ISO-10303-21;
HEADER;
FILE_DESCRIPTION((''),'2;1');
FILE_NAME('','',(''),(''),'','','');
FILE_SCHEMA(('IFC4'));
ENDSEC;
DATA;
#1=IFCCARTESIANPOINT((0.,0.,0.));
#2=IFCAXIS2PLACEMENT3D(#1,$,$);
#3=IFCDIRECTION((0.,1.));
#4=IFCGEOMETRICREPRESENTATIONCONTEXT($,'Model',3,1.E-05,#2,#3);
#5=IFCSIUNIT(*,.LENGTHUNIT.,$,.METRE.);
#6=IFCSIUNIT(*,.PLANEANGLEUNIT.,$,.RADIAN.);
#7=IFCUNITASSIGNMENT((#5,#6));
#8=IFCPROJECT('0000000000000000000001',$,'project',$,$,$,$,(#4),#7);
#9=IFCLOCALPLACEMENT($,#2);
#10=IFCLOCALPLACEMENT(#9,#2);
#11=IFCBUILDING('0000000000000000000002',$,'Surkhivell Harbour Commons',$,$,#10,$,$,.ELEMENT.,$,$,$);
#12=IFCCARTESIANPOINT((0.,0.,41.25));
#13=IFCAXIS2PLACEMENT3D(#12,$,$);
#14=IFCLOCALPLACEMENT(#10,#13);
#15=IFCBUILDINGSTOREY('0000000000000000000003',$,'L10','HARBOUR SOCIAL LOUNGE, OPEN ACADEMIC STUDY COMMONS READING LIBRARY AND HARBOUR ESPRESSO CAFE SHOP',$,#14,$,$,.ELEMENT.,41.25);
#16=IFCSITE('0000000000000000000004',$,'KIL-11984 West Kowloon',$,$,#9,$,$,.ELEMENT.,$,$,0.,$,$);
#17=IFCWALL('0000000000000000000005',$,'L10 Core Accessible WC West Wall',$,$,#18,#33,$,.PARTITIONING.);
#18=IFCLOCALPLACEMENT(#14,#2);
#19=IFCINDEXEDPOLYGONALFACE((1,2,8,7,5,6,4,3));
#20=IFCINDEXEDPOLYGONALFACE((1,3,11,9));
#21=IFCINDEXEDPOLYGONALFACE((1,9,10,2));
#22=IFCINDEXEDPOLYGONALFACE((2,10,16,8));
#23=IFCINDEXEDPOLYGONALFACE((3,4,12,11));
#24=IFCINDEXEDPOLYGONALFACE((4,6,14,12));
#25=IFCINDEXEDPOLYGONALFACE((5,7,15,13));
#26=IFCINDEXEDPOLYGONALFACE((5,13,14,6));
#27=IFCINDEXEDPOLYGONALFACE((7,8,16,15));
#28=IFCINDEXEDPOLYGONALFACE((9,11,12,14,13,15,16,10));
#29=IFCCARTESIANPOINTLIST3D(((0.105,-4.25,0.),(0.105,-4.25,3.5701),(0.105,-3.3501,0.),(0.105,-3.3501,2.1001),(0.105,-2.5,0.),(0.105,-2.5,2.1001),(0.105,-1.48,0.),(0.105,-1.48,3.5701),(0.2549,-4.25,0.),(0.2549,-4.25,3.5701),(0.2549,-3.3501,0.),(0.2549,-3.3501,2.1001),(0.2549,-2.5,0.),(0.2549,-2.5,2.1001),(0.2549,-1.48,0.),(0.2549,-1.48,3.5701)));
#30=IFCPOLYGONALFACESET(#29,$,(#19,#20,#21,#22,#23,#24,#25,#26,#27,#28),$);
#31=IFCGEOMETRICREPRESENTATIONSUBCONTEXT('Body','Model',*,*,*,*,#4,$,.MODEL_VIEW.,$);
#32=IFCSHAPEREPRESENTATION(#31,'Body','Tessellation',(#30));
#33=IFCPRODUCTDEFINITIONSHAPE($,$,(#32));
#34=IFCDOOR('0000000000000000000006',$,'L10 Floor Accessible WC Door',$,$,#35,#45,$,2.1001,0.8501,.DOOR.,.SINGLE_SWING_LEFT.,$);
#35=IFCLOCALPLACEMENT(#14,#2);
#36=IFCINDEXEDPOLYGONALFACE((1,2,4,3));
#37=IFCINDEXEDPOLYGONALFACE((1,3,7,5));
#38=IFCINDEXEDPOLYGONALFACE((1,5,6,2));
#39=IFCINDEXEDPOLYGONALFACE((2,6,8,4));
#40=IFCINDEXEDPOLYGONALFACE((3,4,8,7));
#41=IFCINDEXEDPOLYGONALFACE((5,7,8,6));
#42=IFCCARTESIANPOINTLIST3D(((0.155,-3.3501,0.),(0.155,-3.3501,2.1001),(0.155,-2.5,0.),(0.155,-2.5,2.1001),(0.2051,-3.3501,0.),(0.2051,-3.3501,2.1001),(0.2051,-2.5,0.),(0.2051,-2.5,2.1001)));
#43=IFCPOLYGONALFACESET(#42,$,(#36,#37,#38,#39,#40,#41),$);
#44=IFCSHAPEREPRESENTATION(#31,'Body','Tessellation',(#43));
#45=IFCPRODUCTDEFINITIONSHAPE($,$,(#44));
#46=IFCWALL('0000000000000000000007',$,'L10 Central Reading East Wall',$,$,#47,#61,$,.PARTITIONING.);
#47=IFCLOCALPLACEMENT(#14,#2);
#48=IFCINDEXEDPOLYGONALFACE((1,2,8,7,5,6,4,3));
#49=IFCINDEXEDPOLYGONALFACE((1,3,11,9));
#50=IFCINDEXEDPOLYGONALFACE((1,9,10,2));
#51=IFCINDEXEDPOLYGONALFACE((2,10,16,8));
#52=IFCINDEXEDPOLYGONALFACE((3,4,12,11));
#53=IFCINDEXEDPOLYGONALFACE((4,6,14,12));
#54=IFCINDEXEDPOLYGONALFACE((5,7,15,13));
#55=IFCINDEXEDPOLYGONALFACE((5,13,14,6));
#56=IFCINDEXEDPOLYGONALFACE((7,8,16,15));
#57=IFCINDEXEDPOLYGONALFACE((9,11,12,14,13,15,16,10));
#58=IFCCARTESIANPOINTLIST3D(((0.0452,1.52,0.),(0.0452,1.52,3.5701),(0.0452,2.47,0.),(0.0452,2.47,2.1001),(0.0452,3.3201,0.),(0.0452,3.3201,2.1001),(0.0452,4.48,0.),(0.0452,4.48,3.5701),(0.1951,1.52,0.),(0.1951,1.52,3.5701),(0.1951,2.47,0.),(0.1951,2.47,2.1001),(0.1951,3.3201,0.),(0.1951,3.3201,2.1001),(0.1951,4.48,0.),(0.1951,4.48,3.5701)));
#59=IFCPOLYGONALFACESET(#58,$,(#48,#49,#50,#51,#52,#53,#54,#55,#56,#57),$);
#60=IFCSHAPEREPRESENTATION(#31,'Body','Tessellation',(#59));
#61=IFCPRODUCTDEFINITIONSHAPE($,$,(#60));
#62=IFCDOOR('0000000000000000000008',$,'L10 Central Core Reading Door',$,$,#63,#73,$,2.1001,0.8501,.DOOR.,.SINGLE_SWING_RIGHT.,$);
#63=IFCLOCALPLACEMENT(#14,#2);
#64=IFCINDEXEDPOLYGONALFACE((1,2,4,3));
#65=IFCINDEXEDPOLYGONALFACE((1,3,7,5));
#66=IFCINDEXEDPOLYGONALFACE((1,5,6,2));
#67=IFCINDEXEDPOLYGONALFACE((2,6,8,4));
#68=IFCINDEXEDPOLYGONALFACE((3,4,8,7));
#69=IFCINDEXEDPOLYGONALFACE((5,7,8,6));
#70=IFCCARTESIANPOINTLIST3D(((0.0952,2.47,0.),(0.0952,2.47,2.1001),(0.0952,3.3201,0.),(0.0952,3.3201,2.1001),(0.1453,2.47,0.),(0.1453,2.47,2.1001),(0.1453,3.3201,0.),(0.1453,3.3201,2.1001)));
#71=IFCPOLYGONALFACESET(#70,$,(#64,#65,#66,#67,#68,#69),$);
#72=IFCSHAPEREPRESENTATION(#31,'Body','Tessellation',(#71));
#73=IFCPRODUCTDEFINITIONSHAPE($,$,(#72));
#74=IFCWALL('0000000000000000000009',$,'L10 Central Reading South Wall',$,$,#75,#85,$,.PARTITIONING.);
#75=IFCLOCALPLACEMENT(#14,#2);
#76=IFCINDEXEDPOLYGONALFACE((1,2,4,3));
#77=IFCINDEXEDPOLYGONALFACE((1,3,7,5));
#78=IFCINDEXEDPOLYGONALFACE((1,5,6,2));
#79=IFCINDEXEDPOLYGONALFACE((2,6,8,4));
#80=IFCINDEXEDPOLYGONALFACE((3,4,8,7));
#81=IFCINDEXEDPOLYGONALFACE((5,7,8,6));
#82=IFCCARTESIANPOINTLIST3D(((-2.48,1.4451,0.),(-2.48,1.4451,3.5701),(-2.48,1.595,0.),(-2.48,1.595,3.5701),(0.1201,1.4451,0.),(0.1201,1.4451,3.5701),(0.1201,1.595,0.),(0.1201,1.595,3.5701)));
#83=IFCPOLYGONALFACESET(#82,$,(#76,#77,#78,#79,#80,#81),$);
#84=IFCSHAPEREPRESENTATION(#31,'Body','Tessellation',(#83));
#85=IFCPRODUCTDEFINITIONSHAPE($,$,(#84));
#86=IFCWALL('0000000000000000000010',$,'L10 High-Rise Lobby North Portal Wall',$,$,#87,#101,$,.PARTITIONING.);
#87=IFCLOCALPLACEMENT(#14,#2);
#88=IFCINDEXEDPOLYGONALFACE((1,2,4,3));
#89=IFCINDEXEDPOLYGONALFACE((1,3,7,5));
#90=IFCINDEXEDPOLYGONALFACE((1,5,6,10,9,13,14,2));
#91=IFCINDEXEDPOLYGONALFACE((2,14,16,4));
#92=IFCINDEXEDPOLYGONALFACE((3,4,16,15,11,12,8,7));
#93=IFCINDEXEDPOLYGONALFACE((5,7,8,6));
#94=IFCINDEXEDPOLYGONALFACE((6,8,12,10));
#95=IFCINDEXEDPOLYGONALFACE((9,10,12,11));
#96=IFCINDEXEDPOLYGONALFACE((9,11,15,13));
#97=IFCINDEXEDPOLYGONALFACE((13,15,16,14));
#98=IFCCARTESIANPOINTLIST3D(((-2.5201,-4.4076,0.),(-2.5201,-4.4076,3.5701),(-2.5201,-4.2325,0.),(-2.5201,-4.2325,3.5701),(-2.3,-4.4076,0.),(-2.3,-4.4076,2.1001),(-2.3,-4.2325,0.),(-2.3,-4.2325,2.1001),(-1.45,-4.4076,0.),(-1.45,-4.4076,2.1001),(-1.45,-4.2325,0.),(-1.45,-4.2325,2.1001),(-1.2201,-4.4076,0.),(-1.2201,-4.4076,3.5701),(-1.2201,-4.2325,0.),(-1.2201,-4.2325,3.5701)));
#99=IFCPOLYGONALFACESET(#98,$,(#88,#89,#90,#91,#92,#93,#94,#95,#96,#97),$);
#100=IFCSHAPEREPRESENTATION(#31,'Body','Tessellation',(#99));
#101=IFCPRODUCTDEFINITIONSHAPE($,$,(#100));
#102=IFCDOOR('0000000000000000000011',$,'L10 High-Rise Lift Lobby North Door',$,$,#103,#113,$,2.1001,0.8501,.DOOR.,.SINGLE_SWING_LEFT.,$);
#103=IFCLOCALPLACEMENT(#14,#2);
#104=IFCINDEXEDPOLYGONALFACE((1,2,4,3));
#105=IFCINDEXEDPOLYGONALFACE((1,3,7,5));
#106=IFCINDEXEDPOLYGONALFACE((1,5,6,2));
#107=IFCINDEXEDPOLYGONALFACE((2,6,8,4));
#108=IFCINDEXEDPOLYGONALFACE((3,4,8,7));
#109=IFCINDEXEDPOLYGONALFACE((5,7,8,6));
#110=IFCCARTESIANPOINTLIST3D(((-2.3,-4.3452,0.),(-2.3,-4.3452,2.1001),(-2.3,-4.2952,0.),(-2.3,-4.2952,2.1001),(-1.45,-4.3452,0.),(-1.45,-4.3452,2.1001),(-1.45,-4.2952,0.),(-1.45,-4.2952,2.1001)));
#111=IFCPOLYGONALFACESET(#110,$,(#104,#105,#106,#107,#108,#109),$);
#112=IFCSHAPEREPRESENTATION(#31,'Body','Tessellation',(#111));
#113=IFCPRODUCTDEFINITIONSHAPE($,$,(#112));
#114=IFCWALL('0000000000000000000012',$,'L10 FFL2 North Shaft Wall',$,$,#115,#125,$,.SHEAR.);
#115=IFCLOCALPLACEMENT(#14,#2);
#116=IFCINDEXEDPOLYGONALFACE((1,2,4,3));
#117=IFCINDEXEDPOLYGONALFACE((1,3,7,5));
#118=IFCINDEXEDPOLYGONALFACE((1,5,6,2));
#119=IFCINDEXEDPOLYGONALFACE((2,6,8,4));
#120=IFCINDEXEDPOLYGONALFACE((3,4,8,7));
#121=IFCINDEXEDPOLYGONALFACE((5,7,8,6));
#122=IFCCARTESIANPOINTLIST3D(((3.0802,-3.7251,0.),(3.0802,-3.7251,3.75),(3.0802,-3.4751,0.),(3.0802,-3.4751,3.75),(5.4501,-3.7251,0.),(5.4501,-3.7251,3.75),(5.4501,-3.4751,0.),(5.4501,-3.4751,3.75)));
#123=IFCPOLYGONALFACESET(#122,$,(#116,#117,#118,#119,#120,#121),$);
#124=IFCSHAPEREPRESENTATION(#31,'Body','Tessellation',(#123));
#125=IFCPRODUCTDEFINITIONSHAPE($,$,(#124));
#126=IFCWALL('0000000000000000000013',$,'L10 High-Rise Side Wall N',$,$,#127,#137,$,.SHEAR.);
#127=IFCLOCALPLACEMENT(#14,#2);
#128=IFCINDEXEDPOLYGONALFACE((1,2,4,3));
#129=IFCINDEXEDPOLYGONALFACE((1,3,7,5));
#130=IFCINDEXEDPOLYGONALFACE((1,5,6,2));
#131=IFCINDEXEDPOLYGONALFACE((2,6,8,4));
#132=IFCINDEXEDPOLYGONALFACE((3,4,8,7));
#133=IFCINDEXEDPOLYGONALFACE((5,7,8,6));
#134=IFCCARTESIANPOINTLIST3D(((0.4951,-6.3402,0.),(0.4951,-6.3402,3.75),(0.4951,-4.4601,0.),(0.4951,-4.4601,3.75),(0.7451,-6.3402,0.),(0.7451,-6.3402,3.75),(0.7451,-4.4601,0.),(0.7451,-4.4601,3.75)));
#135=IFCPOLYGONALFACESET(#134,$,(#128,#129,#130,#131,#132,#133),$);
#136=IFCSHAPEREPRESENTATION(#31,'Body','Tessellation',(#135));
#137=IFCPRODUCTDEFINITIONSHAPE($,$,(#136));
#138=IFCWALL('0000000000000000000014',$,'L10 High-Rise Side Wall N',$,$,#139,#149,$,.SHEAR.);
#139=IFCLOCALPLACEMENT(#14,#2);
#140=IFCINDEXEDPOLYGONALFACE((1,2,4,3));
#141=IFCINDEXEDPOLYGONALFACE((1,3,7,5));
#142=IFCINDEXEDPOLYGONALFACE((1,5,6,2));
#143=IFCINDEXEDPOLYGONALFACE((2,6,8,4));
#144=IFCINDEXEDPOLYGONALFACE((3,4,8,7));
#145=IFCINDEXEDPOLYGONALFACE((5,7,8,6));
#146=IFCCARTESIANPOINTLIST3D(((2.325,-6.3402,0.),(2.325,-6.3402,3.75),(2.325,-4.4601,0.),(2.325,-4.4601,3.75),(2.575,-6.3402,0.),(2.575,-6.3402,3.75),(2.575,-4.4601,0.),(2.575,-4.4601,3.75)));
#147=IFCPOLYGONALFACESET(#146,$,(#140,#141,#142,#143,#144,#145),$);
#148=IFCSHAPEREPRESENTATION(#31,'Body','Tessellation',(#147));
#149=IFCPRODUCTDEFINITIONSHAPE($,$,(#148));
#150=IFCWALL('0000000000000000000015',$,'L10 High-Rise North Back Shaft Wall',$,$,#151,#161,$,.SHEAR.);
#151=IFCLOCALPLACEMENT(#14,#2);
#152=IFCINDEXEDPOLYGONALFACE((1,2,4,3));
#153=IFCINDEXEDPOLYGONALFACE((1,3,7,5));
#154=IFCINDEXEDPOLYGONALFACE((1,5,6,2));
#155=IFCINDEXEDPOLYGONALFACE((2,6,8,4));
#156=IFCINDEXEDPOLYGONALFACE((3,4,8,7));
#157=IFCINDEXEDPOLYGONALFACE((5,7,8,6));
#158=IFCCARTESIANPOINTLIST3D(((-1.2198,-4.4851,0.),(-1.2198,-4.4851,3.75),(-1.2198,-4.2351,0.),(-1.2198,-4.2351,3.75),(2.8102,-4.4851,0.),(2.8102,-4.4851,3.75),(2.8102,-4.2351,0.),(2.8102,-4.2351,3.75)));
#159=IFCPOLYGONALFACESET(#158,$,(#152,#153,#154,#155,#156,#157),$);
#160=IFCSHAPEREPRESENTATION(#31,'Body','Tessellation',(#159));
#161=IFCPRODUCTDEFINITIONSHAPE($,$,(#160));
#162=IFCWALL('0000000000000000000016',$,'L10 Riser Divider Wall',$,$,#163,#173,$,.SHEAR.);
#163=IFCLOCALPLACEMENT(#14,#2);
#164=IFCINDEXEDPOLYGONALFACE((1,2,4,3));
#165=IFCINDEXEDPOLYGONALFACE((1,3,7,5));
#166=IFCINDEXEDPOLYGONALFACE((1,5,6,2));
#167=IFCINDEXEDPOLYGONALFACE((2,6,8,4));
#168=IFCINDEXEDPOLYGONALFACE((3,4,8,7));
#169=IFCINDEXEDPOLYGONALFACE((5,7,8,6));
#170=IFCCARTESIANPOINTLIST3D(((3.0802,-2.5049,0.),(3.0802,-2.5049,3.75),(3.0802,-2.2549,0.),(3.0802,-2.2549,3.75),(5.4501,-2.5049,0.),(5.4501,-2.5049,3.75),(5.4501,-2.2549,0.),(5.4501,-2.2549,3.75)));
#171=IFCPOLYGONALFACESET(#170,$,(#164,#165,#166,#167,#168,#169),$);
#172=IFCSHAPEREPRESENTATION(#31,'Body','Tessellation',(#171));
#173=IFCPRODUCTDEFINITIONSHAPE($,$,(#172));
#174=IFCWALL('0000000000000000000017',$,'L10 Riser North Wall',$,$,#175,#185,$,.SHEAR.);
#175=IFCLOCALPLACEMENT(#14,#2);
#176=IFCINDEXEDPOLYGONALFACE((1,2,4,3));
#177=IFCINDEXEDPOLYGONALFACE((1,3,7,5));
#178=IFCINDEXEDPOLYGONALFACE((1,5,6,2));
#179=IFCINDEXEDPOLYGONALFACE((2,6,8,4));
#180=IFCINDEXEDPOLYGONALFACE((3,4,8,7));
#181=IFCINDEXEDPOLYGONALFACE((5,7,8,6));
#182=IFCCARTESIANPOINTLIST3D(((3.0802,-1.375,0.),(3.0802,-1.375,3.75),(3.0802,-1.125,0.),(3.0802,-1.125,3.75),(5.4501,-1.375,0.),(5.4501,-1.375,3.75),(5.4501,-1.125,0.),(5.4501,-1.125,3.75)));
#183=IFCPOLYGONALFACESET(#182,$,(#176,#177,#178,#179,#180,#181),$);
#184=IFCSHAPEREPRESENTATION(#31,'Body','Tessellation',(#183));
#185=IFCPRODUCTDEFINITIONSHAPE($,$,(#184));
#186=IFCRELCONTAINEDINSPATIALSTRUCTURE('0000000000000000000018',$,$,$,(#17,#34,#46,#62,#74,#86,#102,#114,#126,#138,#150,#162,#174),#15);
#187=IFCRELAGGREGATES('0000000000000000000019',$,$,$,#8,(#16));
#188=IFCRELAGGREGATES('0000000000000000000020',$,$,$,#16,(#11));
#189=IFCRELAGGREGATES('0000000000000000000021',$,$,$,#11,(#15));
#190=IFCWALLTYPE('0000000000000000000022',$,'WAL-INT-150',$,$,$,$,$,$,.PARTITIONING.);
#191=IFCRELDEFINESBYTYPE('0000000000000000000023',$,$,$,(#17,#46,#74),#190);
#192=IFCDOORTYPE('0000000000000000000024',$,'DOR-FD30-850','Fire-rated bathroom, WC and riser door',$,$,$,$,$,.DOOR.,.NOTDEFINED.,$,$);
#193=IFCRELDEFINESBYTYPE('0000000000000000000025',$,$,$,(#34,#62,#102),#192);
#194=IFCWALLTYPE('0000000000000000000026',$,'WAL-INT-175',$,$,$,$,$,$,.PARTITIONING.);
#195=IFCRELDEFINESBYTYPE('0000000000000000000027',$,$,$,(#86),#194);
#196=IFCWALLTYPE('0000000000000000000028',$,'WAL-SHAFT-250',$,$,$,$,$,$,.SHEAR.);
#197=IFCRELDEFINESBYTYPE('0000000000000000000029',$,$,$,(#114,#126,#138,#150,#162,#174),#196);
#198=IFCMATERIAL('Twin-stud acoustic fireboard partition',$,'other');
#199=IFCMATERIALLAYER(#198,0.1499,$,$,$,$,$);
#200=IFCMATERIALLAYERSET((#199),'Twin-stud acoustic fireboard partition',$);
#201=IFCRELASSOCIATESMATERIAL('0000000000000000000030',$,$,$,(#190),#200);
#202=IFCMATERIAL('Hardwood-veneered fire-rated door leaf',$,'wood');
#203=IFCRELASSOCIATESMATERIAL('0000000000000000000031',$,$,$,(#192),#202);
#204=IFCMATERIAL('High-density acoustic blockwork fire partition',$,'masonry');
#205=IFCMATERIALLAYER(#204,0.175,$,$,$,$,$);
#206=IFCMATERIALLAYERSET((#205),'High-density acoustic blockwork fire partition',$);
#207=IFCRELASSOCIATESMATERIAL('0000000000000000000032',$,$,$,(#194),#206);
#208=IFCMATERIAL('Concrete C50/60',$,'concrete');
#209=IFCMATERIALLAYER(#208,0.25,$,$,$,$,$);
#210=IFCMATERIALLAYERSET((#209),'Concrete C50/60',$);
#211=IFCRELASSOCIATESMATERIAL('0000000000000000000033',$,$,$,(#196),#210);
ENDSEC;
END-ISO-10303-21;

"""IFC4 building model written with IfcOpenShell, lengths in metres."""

from ifc_helpers import new_model, si_unit, direction, frame, frame_2d, origin, place, context, subcontext, project, spatial, rectangle, extrude, material, layer, layer_set, type_object, element, fill, save


model = new_model("IFC4")

# Units and contexts
model_context = context("Model", 3, precision=1e-05, world=origin(), true_north=direction((0.0, 1.0)))
body_context = subcontext(model_context, "Body", "Model", "MODEL_VIEW")
ifc_project = project(units=[si_unit("LENGTHUNIT", "METRE"), si_unit("PLANEANGLEUNIT", "RADIAN")], contexts=[model_context])

# Site, building, storey
site_placement = place(None, origin())
site = spatial("IfcSite", under=ifc_project, at=site_placement, Name="KIL-11984 West Kowloon", CompositionType="ELEMENT", RefElevation=0.0)
building_placement = place(site_placement, origin())
building = spatial("IfcBuilding", under=site, at=building_placement, Name="Surkhivell Harbour Commons", CompositionType="ELEMENT")
storey_placement = place(building_placement, frame((0.0, 0.0, 41.25)))
storey = spatial("IfcBuildingStorey", under=building, at=storey_placement, Name="L10", Description="HARBOUR SOCIAL LOUNGE, OPEN ACADEMIC STUDY COMMONS READING LIBRARY AND HARBOUR ESPRESSO CAFE SHOP", CompositionType="ELEMENT", Elevation=41.25)

# Shared definitions
ifc_material_1 = material(Name="Twin-stud acoustic fireboard partition", Category="other")
ifc_layer_1 = layer(ifc_material_1, 0.1499)
ifc_layer_set_1 = layer_set([ifc_layer_1], Name="Twin-stud acoustic fireboard partition")
wall_type_1 = type_object("IfcWallType", Name="WAL-INT-150", PredefinedType="PARTITIONING", material=ifc_layer_set_1)

# Walls, openings, doors
wall_1_placement = place(storey_placement, frame((0.1799, -4.25, 0.0), z_axis=(0.0, 0.0, 1.0), x_axis=(0.0, 1.0, 0.0)))
wall_1 = element("IfcWall", 1, at=wall_1_placement, inside=storey, type_object=wall_type_1, Name="L10 Core Accessible WC West Wall", PredefinedType="PARTITIONING", context=body_context, shape_type="SweptSolid", body=[
    extrude(rectangle(XDim=2.77, YDim=0.1499, at=frame_2d((1.385, 0.0))), origin(), (0.0, 0.0, 1.0), 3.5701),
])
opening_1_placement = place(wall_1_placement, frame((0.8999, 0.0, 0.0)))
opening_1 = element("IfcOpeningElement", 2, at=opening_1_placement, cuts=wall_1, PredefinedType="OPENING", context=body_context, shape_type="SweptSolid", body=[
    extrude(rectangle(XDim=0.8501, YDim=2.1001, at=frame_2d((0.425, 1.05))), frame((0.0, 0.085, 0.0), z_axis=(0.0, -1.0, 0.0), x_axis=(1.0, 0.0, 0.0)), (0.0, 0.0, 1.0), 0.1699),
])
ifc_material_2 = material(Name="Hardwood-veneered fire-rated door leaf", Category="wood")
door_type_1 = type_object("IfcDoorType", Name="DOR-FD30-850", Description="Fire-rated bathroom, WC and riser door", OperationType="NOTDEFINED", PredefinedType="DOOR", material=ifc_material_2)
door_1_placement = place(opening_1_placement, origin())
door_1 = element("IfcDoor", 3, at=door_1_placement, inside=storey, type_object=door_type_1, Name="L10 Floor Accessible WC Door", OperationType="SINGLE_SWING_LEFT", OverallHeight=2.1001, OverallWidth=0.8501, PredefinedType="DOOR", context=body_context, shape_type="SweptSolid", body=[
    extrude(rectangle(XDim=0.8501, YDim=2.1001, at=frame_2d((0.425, 1.05))), frame((0.0, 0.0249, 0.0), z_axis=(0.0, -1.0, 0.0), x_axis=(1.0, 0.0, 0.0)), (0.0, 0.0, 1.0), 0.05),
])
fill(opening_1, door_1)
wall_2_placement = place(storey_placement, frame((0.1201, 1.52, 0.0), z_axis=(0.0, 0.0, 1.0), x_axis=(0.0, 1.0, 0.0)))
wall_2 = element("IfcWall", 4, at=wall_2_placement, inside=storey, type_object=wall_type_1, Name="L10 Central Reading East Wall", PredefinedType="PARTITIONING", context=body_context, shape_type="SweptSolid", body=[
    extrude(rectangle(XDim=2.96, YDim=0.1499, at=frame_2d((1.48, 0.0))), origin(), (0.0, 0.0, 1.0), 3.5701),
])
opening_2_placement = place(wall_2_placement, frame((0.95, 0.0, 0.0)))
opening_2 = element("IfcOpeningElement", 5, at=opening_2_placement, cuts=wall_2, PredefinedType="OPENING", context=body_context, shape_type="SweptSolid", body=[
    extrude(rectangle(XDim=0.8501, YDim=2.1001, at=frame_2d((0.425, 1.05))), frame((0.0, 0.085, 0.0), z_axis=(0.0, -1.0, 0.0), x_axis=(1.0, 0.0, 0.0)), (0.0, 0.0, 1.0), 0.1699),
])
door_2_placement = place(opening_2_placement, origin())
door_2 = element("IfcDoor", 6, at=door_2_placement, inside=storey, type_object=door_type_1, Name="L10 Central Core Reading Door", OperationType="SINGLE_SWING_RIGHT", OverallHeight=2.1001, OverallWidth=0.8501, PredefinedType="DOOR", context=body_context, shape_type="SweptSolid", body=[
    extrude(rectangle(XDim=0.8501, YDim=2.1001, at=frame_2d((0.425, 1.05))), frame((0.0, 0.0249, 0.0), z_axis=(0.0, -1.0, 0.0), x_axis=(1.0, 0.0, 0.0)), (0.0, 0.0, 1.0), 0.05),
])
fill(opening_2, door_2)

# Wall
wall_3_placement = place(storey_placement, frame((-2.48, 1.52, 0.0), z_axis=(0.0, 0.0, 1.0), x_axis=(1.0, 0.0, 0.0)))
element("IfcWall", 7, at=wall_3_placement, inside=storey, type_object=wall_type_1, Name="L10 Central Reading South Wall", PredefinedType="PARTITIONING", context=body_context, shape_type="SweptSolid", body=[
    extrude(rectangle(XDim=2.6001, YDim=0.1499, at=frame_2d((1.3, 0.0))), origin(), (0.0, 0.0, 1.0), 3.5701),
])

# Wall, opening, door
ifc_material_3 = material(Name="High-density acoustic blockwork fire partition", Category="masonry")
ifc_layer_2 = layer(ifc_material_3, 0.175)
ifc_layer_set_2 = layer_set([ifc_layer_2], Name="High-density acoustic blockwork fire partition")
wall_type_2 = type_object("IfcWallType", Name="WAL-INT-175", PredefinedType="PARTITIONING", material=ifc_layer_set_2)
wall_4_placement = place(storey_placement, frame((-2.52, -4.3201, 0.0), z_axis=(0.0, 0.0, 1.0), x_axis=(1.0, 0.0, 0.0)))
wall_4 = element("IfcWall", 8, at=wall_4_placement, inside=storey, type_object=wall_type_2, Name="L10 High-Rise Lobby North Portal Wall", PredefinedType="PARTITIONING", context=body_context, shape_type="SweptSolid", body=[
    extrude(rectangle(XDim=1.3, YDim=0.175, at=frame_2d((0.6499, 0.0))), origin(), (0.0, 0.0, 1.0), 3.5701),
])
opening_3_placement = place(wall_4_placement, frame((0.22, 0.0, 0.0)))
opening_3 = element("IfcOpeningElement", 9, at=opening_3_placement, cuts=wall_4, PredefinedType="OPENING", context=body_context, shape_type="SweptSolid", body=[
    extrude(rectangle(XDim=0.8501, YDim=2.1001, at=frame_2d((0.425, 1.05))), frame((0.0, 0.0974, 0.0), z_axis=(0.0, -1.0, 0.0), x_axis=(1.0, 0.0, 0.0)), (0.0, 0.0, 1.0), 0.1951),
])
door_3_placement = place(opening_3_placement, origin())
door_3 = element("IfcDoor", 10, at=door_3_placement, inside=storey, type_object=door_type_1, Name="L10 High-Rise Lift Lobby North Door", OperationType="SINGLE_SWING_LEFT", OverallHeight=2.1001, OverallWidth=0.8501, PredefinedType="DOOR", context=body_context, shape_type="SweptSolid", body=[
    extrude(rectangle(XDim=0.8501, YDim=2.1001, at=frame_2d((0.425, 1.05))), frame((0.0, 0.0249, 0.0), z_axis=(0.0, -1.0, 0.0), x_axis=(1.0, 0.0, 0.0)), (0.0, 0.0, 1.0), 0.05),
])
fill(opening_3, door_3)

# Walls
ifc_material_4 = material(Name="Concrete C50/60", Category="concrete")
ifc_layer_3 = layer(ifc_material_4, 0.25)
ifc_layer_set_3 = layer_set([ifc_layer_3], Name="Concrete C50/60")
wall_type_3 = type_object("IfcWallType", Name="WAL-SHAFT-250", PredefinedType="SHEAR", material=ifc_layer_set_3)
wall_5_placement = place(storey_placement, frame((3.0801, -3.6001, 0.0), z_axis=(0.0, 0.0, 1.0), x_axis=(1.0, 0.0, 0.0)))
element("IfcWall", 11, at=wall_5_placement, inside=storey, type_object=wall_type_3, Name="L10 FFL2 North Shaft Wall", PredefinedType="SHEAR", context=body_context, shape_type="SweptSolid", body=[
    extrude(rectangle(XDim=2.3699, YDim=0.25, at=frame_2d((1.1851, 0.0))), origin(), (0.0, 0.0, 1.0), 3.75),
])
for number, where, z_axis, x_axis, name in (
    (12, (0.6201, -6.3401, 0.0), (0.0, 0.0, 1.0), (0.0, 1.0, 0.0), "L10 High-Rise Side Wall N"),
    (13, (2.45, -6.3401, 0.0), (0.0, 0.0, 1.0), (0.0, 1.0, 0.0), "L10 High-Rise Side Wall N"),
):
    element("IfcWall", number, at=place(storey_placement, frame(where, z_axis=z_axis, x_axis=x_axis)), inside=storey, type_object=wall_type_3, Name=name, PredefinedType="SHEAR", context=body_context, shape_type="SweptSolid", body=[
        extrude(rectangle(XDim=1.8801, YDim=0.25, at=frame_2d((0.9399, 0.0))), origin(), (0.0, 0.0, 1.0), 3.75),
    ])
wall_6_placement = place(storey_placement, frame((-1.22, -4.3601, 0.0), z_axis=(0.0, 0.0, 1.0), x_axis=(1.0, 0.0, 0.0)))
element("IfcWall", 14, at=wall_6_placement, inside=storey, type_object=wall_type_3, Name="L10 High-Rise North Back Shaft Wall", PredefinedType="SHEAR", context=body_context, shape_type="SweptSolid", body=[
    extrude(rectangle(XDim=4.03, YDim=0.25, at=frame_2d((2.0151, 0.0))), origin(), (0.0, 0.0, 1.0), 3.75),
])
for number, where, z_axis, x_axis, name in (
    (15, (3.0801, -2.3799, 0.0), (0.0, 0.0, 1.0), (1.0, 0.0, 0.0), "L10 Riser Divider Wall"),
    (16, (3.0801, -1.25, 0.0), (0.0, 0.0, 1.0), (1.0, 0.0, 0.0), "L10 Riser North Wall"),
):
    element("IfcWall", number, at=place(storey_placement, frame(where, z_axis=z_axis, x_axis=x_axis)), inside=storey, type_object=wall_type_3, Name=name, PredefinedType="SHEAR", context=body_context, shape_type="SweptSolid", body=[
        extrude(rectangle(XDim=2.3699, YDim=0.25, at=frame_2d((1.1851, 0.0))), origin(), (0.0, 0.0, 1.0), 3.75),
    ])

save(model, "model.ifc")
